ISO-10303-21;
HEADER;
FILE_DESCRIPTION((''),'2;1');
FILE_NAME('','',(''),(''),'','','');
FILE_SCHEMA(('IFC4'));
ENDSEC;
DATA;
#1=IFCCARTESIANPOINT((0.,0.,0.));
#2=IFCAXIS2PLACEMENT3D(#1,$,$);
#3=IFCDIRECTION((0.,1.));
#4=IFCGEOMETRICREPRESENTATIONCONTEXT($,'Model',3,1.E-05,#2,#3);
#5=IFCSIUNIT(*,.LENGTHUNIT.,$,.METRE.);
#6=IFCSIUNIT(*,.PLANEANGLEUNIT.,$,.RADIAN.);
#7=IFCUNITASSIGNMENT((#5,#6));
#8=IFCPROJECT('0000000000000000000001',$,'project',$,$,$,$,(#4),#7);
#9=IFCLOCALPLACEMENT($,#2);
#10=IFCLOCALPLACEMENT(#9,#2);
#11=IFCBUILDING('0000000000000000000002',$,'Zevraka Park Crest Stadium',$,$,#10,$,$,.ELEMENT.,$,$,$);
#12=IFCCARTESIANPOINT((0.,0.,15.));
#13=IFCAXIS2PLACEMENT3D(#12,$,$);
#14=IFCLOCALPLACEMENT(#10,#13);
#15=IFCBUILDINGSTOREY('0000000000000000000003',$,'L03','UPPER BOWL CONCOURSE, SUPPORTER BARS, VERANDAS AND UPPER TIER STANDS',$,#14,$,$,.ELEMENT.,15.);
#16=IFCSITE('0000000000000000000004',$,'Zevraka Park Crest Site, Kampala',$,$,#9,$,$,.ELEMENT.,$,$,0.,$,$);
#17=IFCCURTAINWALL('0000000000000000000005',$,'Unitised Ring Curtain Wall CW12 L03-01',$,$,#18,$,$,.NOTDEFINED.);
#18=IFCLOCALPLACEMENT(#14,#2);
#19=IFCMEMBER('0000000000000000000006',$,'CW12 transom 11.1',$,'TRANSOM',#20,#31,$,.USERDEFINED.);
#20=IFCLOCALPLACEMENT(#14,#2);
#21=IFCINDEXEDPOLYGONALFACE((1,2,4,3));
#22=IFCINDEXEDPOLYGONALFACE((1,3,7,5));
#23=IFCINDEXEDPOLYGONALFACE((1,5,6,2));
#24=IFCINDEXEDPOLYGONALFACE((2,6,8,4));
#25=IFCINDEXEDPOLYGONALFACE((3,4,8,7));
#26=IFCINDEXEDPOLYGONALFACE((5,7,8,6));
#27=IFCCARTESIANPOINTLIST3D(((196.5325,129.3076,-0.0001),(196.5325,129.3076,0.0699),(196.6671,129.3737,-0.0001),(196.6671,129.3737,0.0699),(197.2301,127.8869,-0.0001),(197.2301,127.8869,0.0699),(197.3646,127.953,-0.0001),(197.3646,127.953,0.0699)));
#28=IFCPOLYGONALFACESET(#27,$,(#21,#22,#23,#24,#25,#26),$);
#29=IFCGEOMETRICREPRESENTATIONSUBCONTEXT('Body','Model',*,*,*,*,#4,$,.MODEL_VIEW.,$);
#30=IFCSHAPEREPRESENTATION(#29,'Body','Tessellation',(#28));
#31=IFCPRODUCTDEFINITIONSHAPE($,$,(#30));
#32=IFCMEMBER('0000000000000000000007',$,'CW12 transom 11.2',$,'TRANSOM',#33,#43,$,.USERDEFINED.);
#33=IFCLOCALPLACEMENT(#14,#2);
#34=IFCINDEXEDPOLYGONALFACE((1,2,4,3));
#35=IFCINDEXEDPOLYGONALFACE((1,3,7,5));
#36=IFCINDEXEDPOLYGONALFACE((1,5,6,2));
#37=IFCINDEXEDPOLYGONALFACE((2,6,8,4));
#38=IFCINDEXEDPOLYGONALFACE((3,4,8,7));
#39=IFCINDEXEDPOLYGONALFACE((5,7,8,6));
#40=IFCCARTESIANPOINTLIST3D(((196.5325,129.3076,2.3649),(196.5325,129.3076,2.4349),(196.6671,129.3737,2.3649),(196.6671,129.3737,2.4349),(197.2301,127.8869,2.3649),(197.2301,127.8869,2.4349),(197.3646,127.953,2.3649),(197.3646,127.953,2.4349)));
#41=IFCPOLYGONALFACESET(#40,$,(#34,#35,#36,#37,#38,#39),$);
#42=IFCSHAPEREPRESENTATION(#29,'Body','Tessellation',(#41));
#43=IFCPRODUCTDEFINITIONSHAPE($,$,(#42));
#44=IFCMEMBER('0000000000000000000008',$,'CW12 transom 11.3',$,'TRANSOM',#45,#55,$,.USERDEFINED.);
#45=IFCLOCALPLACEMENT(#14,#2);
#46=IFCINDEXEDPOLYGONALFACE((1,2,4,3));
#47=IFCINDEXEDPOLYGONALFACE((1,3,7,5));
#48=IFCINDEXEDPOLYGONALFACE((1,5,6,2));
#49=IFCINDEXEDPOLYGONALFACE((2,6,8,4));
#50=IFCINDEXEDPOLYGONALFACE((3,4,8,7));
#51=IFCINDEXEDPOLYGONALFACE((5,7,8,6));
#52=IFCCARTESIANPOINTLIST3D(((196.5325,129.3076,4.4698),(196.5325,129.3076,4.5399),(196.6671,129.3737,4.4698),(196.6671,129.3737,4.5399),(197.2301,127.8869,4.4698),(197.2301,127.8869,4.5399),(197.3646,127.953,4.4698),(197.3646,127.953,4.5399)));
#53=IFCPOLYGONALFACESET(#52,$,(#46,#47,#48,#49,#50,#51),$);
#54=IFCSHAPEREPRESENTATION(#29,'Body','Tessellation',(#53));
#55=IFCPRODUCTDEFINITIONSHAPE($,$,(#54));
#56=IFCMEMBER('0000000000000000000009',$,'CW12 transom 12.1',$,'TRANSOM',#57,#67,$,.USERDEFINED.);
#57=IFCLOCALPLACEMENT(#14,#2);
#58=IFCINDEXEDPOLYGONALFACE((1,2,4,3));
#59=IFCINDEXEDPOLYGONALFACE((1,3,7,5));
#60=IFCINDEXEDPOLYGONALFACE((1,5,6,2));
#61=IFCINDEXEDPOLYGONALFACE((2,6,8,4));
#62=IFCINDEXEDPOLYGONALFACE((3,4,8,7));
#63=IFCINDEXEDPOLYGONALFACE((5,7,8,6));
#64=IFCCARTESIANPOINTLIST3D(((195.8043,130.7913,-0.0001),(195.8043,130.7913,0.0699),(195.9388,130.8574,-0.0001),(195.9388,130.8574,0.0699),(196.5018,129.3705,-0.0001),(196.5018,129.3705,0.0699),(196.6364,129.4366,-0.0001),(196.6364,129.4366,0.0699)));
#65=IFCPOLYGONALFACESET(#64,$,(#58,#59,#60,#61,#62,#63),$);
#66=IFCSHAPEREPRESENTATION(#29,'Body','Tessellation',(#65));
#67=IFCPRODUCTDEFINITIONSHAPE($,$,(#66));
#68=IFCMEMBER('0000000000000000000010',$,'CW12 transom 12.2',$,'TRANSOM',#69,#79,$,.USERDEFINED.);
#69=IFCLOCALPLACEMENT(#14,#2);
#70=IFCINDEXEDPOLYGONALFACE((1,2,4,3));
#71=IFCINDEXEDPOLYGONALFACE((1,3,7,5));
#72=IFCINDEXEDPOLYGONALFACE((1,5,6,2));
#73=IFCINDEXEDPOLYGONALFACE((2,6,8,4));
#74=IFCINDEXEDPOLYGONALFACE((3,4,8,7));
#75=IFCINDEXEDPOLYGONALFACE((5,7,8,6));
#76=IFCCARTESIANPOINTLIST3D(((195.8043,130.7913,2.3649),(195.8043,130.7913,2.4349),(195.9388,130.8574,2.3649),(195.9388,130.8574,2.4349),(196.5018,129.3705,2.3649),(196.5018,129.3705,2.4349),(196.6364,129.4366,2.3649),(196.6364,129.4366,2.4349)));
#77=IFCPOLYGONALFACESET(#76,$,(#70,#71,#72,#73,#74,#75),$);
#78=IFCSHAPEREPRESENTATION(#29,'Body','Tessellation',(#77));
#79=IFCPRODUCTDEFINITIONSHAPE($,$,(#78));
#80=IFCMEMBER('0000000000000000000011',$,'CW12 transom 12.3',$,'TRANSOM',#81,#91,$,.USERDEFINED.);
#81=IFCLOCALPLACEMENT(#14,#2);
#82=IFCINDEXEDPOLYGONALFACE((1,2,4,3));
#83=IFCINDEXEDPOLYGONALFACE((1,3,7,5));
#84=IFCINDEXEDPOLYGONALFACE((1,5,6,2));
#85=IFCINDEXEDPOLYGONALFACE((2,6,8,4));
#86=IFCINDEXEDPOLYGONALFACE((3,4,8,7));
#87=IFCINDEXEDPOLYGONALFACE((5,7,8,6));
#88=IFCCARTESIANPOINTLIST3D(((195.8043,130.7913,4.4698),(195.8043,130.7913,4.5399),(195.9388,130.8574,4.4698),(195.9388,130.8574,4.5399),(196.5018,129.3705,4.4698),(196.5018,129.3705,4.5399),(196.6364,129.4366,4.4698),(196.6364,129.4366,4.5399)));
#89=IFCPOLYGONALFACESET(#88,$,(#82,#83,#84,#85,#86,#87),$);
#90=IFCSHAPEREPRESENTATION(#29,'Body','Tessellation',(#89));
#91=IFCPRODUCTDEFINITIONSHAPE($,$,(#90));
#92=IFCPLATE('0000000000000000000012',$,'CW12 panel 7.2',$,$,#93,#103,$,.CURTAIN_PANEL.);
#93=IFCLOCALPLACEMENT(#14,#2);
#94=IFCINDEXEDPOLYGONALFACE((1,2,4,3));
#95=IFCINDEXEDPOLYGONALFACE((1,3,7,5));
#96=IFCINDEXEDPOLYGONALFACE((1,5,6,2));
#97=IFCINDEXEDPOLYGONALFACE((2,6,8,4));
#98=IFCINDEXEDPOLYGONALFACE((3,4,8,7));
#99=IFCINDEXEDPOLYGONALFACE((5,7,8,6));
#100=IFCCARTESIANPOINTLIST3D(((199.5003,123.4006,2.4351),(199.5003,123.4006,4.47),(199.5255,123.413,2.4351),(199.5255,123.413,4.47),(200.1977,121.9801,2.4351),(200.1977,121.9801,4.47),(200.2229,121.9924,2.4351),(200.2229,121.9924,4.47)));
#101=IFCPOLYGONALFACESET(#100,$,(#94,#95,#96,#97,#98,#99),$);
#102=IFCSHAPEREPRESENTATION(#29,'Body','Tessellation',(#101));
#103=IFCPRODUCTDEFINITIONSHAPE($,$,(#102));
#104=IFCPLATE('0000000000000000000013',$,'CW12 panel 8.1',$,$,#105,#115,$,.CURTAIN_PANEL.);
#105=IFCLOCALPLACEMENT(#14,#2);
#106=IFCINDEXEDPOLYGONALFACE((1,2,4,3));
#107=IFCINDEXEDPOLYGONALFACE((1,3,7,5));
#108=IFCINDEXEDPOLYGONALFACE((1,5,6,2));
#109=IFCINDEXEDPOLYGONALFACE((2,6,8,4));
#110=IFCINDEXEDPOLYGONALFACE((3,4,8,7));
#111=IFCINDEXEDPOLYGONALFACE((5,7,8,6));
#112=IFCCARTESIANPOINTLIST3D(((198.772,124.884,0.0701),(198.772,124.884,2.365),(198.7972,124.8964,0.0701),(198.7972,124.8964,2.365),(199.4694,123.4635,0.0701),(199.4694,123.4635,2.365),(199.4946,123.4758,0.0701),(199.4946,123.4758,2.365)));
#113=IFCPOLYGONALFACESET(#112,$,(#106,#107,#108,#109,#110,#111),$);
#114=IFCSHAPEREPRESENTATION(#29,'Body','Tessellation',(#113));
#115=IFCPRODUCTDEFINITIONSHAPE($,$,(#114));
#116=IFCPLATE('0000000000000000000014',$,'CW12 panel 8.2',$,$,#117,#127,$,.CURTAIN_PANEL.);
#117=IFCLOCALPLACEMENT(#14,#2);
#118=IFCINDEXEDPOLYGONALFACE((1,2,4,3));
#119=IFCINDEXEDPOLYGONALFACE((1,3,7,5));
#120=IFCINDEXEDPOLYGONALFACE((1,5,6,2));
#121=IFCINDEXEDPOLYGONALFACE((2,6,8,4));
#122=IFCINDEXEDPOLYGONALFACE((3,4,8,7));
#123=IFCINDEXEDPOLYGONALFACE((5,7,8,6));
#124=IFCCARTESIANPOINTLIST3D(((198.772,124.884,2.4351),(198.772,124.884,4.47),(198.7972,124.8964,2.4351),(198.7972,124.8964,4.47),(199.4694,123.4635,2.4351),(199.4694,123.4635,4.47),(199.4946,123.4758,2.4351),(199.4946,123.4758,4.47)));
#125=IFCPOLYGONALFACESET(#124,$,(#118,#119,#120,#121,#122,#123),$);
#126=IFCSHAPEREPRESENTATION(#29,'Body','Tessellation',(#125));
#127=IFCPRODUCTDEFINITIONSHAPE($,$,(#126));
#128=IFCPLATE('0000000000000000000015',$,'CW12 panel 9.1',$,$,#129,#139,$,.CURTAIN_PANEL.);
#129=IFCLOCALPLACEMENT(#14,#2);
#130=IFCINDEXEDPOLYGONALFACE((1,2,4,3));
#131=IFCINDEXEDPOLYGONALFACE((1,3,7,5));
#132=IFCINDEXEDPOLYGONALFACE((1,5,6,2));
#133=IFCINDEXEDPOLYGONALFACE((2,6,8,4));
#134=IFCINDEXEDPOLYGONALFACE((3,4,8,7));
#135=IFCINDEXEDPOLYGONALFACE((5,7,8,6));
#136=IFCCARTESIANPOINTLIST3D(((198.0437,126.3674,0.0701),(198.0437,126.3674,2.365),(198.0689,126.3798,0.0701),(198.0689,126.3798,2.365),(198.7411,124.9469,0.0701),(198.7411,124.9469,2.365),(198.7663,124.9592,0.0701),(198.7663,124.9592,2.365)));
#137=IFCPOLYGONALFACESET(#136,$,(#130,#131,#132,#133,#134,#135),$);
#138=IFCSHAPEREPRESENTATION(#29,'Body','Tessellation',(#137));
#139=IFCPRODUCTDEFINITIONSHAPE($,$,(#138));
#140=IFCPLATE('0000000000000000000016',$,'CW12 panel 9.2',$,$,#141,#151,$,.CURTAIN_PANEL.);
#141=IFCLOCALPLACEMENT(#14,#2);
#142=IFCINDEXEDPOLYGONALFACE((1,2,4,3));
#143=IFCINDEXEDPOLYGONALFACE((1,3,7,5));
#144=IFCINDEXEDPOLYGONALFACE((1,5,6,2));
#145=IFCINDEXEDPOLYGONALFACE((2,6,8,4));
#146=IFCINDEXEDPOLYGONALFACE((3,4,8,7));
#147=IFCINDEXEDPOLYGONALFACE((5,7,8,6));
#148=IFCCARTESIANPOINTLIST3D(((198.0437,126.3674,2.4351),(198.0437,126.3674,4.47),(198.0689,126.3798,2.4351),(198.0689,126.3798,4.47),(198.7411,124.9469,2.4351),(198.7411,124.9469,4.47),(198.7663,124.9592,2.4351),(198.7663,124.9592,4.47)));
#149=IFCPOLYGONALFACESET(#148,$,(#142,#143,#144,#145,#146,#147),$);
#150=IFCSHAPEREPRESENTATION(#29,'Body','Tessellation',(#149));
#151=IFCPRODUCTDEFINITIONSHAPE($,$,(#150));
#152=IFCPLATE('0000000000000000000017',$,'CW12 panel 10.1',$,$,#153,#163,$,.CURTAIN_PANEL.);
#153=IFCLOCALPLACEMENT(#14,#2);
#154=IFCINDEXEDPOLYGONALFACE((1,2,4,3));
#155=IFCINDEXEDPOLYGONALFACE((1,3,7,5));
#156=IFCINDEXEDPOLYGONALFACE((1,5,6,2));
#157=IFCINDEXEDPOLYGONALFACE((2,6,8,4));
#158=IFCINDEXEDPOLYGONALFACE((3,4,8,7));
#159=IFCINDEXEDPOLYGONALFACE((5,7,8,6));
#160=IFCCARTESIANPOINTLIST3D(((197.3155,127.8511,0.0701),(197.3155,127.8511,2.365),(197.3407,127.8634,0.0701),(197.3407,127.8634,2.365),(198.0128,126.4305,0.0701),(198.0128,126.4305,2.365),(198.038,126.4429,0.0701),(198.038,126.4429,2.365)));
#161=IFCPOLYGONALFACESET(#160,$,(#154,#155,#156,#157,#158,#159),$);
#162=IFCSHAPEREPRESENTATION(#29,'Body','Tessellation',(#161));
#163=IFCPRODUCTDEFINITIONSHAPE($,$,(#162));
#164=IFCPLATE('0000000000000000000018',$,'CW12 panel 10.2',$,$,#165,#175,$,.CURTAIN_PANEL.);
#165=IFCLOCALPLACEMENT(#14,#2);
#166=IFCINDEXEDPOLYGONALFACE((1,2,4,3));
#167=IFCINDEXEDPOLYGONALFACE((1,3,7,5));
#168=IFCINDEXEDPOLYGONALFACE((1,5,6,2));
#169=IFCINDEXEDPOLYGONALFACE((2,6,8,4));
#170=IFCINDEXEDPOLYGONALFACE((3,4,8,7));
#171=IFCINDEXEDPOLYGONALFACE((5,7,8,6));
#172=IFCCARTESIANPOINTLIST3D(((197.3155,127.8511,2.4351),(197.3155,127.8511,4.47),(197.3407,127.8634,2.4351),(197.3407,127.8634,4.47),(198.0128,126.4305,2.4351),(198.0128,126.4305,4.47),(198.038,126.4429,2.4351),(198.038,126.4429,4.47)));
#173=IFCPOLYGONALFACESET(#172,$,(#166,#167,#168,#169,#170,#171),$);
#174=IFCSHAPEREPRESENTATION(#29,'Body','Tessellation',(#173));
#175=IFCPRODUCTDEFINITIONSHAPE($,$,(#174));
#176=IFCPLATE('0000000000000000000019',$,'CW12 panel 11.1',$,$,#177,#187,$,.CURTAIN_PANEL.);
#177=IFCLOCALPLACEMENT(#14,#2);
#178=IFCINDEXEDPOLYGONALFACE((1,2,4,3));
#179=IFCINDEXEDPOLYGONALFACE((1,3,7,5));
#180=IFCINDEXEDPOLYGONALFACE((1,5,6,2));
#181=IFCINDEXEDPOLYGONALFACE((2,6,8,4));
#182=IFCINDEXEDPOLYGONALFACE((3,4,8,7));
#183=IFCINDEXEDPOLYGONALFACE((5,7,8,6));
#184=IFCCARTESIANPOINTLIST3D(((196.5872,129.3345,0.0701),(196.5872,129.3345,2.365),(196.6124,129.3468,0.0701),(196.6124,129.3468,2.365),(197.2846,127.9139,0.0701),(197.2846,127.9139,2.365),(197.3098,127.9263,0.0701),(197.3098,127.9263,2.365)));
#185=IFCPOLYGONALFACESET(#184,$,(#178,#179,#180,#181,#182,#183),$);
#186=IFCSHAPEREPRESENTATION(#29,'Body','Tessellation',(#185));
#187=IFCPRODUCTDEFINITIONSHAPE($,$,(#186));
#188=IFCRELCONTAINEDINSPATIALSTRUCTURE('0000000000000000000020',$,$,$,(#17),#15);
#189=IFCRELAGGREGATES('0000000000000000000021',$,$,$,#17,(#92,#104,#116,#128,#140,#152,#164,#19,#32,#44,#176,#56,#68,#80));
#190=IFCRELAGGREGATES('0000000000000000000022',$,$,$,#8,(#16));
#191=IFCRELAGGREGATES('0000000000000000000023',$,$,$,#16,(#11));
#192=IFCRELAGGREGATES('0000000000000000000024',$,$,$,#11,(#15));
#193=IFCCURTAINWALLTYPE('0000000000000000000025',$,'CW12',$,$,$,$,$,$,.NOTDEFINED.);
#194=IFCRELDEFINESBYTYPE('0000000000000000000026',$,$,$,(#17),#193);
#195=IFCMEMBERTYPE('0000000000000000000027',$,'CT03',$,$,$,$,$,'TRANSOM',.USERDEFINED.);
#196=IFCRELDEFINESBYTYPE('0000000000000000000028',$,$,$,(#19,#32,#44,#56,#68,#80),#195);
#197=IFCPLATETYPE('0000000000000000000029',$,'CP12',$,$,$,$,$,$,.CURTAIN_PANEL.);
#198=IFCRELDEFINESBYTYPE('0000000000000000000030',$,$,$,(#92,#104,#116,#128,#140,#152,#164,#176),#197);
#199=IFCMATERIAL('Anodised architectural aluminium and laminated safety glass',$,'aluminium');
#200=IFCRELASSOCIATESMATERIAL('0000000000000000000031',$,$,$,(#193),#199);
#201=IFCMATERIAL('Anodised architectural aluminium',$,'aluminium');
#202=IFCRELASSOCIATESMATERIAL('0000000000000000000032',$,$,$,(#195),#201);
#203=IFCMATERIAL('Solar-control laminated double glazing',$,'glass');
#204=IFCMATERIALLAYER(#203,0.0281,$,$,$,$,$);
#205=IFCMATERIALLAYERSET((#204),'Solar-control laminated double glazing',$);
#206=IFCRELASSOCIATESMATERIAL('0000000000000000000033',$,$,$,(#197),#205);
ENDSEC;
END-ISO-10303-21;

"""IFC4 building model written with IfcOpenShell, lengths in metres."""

from ifc_helpers import new_model, si_unit, direction, frame, origin, origin_2d, place, context, subcontext, project, spatial, rectangle, extrude, material, layer, layer_set, material_profile, profile_set, type_object, element, aggregate, save


model = new_model("IFC4")

# Units and contexts
model_context = context("Model", 3, precision=1e-05, world=origin(), true_north=direction((0.0, 1.0)))
body_context = subcontext(model_context, "Body", "Model", "MODEL_VIEW")
ifc_project = project(units=[si_unit("LENGTHUNIT", "METRE"), si_unit("PLANEANGLEUNIT", "RADIAN")], contexts=[model_context])

# Site, building, storey
site_placement = place(None, origin())
site = spatial("IfcSite", under=ifc_project, at=site_placement, Name="Zevraka Park Crest Site, Kampala", CompositionType="ELEMENT", RefElevation=0.0)
building_placement = place(site_placement, origin())
building = spatial("IfcBuilding", under=site, at=building_placement, Name="Zevraka Park Crest Stadium", CompositionType="ELEMENT")
storey_placement = place(building_placement, frame((0.0, 0.0, 15.0)))
storey = spatial("IfcBuildingStorey", under=building, at=storey_placement, Name="L03", Description="UPPER BOWL CONCOURSE, SUPPORTER BARS, VERANDAS AND UPPER TIER STANDS", CompositionType="ELEMENT", Elevation=15.0)

# Curtain wall, members, plates
ifc_material_1 = material(Name="Anodised architectural aluminium and laminated safety glass", Category="aluminium")
curtain_wall_type = type_object("IfcCurtainWallType", Name="CW12", PredefinedType="NOTDEFINED", material=ifc_material_1)
curtain_wall_placement = place(storey_placement, origin())
curtain_wall = element("IfcCurtainWall", 1, at=curtain_wall_placement, inside=storey, type_object=curtain_wall_type, Name="Unitised Ring Curtain Wall CW12 L03-01", PredefinedType="NOTDEFINED")
ifc_material_2 = material(Name="Anodised architectural aluminium", Category="aluminium")
ifc_material_profile_1 = material_profile(ifc_material_2, rectangle(XDim=0.1499, YDim=0.0701, at=origin_2d()), Name="ALU TRANSOM 150x70")
ifc_profile_set_1 = profile_set([ifc_material_profile_1], Name="Anodised architectural aluminium")
member_type_1 = type_object("IfcMemberType", Name="CT03", ElementType="TRANSOM", PredefinedType="USERDEFINED", material=ifc_profile_set_1)
member_1_placement = place(storey_placement, frame((197.2974, 127.9199, 0.0349), z_axis=(-0.440723, 0.897643, 0.0), x_axis=(-0.897643, -0.440723, 0.0)))
member_1 = element("IfcMember", 2, at=member_1_placement, type_object=member_type_1, Name="CW12 transom 11.1", ObjectType="TRANSOM", PredefinedType="USERDEFINED", context=body_context, shape_type="SweptSolid", body=[
    extrude(rectangle(XDim=0.1499, YDim=0.0701, at=origin_2d()), origin(), (0.0, 0.0, 1.0), 1.5828),
])
member_2_placement = place(storey_placement, frame((197.2974, 127.9199, 2.3999), z_axis=(-0.440723, 0.897643, 0.0), x_axis=(-0.897643, -0.440723, 0.0)))
member_2 = element("IfcMember", 3, at=member_2_placement, type_object=member_type_1, Name="CW12 transom 11.2", ObjectType="TRANSOM", PredefinedType="USERDEFINED", context=body_context, shape_type="SweptSolid", body=[
    extrude(rectangle(XDim=0.1499, YDim=0.0701, at=origin_2d()), origin(), (0.0, 0.0, 1.0), 1.5828),
])
member_3_placement = place(storey_placement, frame((197.2974, 127.9199, 4.5049), z_axis=(-0.440723, 0.897643, 0.0), x_axis=(-0.897643, -0.440723, 0.0)))
member_3 = element("IfcMember", 4, at=member_3_placement, type_object=member_type_1, Name="CW12 transom 11.3", ObjectType="TRANSOM", PredefinedType="USERDEFINED", context=body_context, shape_type="SweptSolid", body=[
    extrude(rectangle(XDim=0.1499, YDim=0.0701, at=origin_2d()), origin(), (0.0, 0.0, 1.0), 1.5828),
])
member_4_placement = place(storey_placement, frame((196.5691, 129.4036, 0.0349), z_axis=(-0.440723, 0.897643, 0.0), x_axis=(-0.897643, -0.440723, 0.0)))
member_4 = element("IfcMember", 5, at=member_4_placement, type_object=member_type_1, Name="CW12 transom 12.1", ObjectType="TRANSOM", PredefinedType="USERDEFINED", context=body_context, shape_type="SweptSolid", body=[
    extrude(rectangle(XDim=0.1499, YDim=0.0701, at=origin_2d()), origin(), (0.0, 0.0, 1.0), 1.5828),
])
member_5_placement = place(storey_placement, frame((196.5691, 129.4036, 2.3999), z_axis=(-0.440723, 0.897643, 0.0), x_axis=(-0.897643, -0.440723, 0.0)))
member_5 = element("IfcMember", 6, at=member_5_placement, type_object=member_type_1, Name="CW12 transom 12.2", ObjectType="TRANSOM", PredefinedType="USERDEFINED", context=body_context, shape_type="SweptSolid", body=[
    extrude(rectangle(XDim=0.1499, YDim=0.0701, at=origin_2d()), origin(), (0.0, 0.0, 1.0), 1.5828),
])
member_6_placement = place(storey_placement, frame((196.5691, 129.4036, 4.5049), z_axis=(-0.440723, 0.897643, 0.0), x_axis=(-0.897643, -0.440723, 0.0)))
member_6 = element("IfcMember", 7, at=member_6_placement, type_object=member_type_1, Name="CW12 transom 12.3", ObjectType="TRANSOM", PredefinedType="USERDEFINED", context=body_context, shape_type="SweptSolid", body=[
    extrude(rectangle(XDim=0.1499, YDim=0.0701, at=origin_2d()), origin(), (0.0, 0.0, 1.0), 1.5828),
])
ifc_material_3 = material(Name="Solar-control laminated double glazing", Category="glass")
ifc_layer_1 = layer(ifc_material_3, 0.0281)
ifc_layer_set_1 = layer_set([ifc_layer_1], Name="Solar-control laminated double glazing")
plate_type = type_object("IfcPlateType", Name="CP12", PredefinedType="CURTAIN_PANEL", material=ifc_layer_set_1)
plate_1_placement = place(storey_placement, frame((199.8616, 122.6965, 2.4351), z_axis=(0.0, 0.0, 1.0), x_axis=(-0.440666, 0.897671, 0.0)))
plate_1 = element("IfcPlate", 8, at=plate_1_placement, type_object=plate_type, Name="CW12 panel 7.2", PredefinedType="CURTAIN_PANEL", context=body_context, shape_type="SweptSolid", body=[
    extrude(rectangle(XDim=1.5825, YDim=0.0281, at=origin_2d()), origin(), (0.0, 0.0, 1.0), 2.0349),
])
plate_2_placement = place(storey_placement, frame((199.1333, 124.1799, 0.0701), z_axis=(0.0, 0.0, 1.0), x_axis=(-0.440666, 0.897671, 0.0)))
plate_2 = element("IfcPlate", 9, at=plate_2_placement, type_object=plate_type, Name="CW12 panel 8.1", PredefinedType="CURTAIN_PANEL", context=body_context, shape_type="SweptSolid", body=[
    extrude(rectangle(XDim=1.5825, YDim=0.0281, at=origin_2d()), origin(), (0.0, 0.0, 1.0), 2.2949),
])
plate_3_placement = place(storey_placement, frame((199.1333, 124.1799, 2.4351), z_axis=(0.0, 0.0, 1.0), x_axis=(-0.440666, 0.897671, 0.0)))
plate_3 = element("IfcPlate", 10, at=plate_3_placement, type_object=plate_type, Name="CW12 panel 8.2", PredefinedType="CURTAIN_PANEL", context=body_context, shape_type="SweptSolid", body=[
    extrude(rectangle(XDim=1.5825, YDim=0.0281, at=origin_2d()), origin(), (0.0, 0.0, 1.0), 2.0349),
])
plate_4_placement = place(storey_placement, frame((198.405, 125.6633, 0.0701), z_axis=(0.0, 0.0, 1.0), x_axis=(-0.440666, 0.897671, 0.0)))
plate_4 = element("IfcPlate", 11, at=plate_4_placement, type_object=plate_type, Name="CW12 panel 9.1", PredefinedType="CURTAIN_PANEL", context=body_context, shape_type="SweptSolid", body=[
    extrude(rectangle(XDim=1.5825, YDim=0.0281, at=origin_2d()), origin(), (0.0, 0.0, 1.0), 2.2949),
])
plate_5_placement = place(storey_placement, frame((198.405, 125.6633, 2.4351), z_axis=(0.0, 0.0, 1.0), x_axis=(-0.440666, 0.897671, 0.0)))
plate_5 = element("IfcPlate", 12, at=plate_5_placement, type_object=plate_type, Name="CW12 panel 9.2", PredefinedType="CURTAIN_PANEL", context=body_context, shape_type="SweptSolid", body=[
    extrude(rectangle(XDim=1.5825, YDim=0.0281, at=origin_2d()), origin(), (0.0, 0.0, 1.0), 2.0349),
])
plate_6_placement = place(storey_placement, frame((197.6768, 127.147, 0.0701), z_axis=(0.0, 0.0, 1.0), x_axis=(-0.440666, 0.897671, 0.0)))
plate_6 = element("IfcPlate", 13, at=plate_6_placement, type_object=plate_type, Name="CW12 panel 10.1", PredefinedType="CURTAIN_PANEL", context=body_context, shape_type="SweptSolid", body=[
    extrude(rectangle(XDim=1.5825, YDim=0.0281, at=origin_2d()), origin(), (0.0, 0.0, 1.0), 2.2949),
])
plate_7_placement = place(storey_placement, frame((197.6768, 127.147, 2.4351), z_axis=(0.0, 0.0, 1.0), x_axis=(-0.440666, 0.897671, 0.0)))
plate_7 = element("IfcPlate", 14, at=plate_7_placement, type_object=plate_type, Name="CW12 panel 10.2", PredefinedType="CURTAIN_PANEL", context=body_context, shape_type="SweptSolid", body=[
    extrude(rectangle(XDim=1.5825, YDim=0.0281, at=origin_2d()), origin(), (0.0, 0.0, 1.0), 2.0349),
])
plate_8_placement = place(storey_placement, frame((196.9485, 128.6304, 0.0701), z_axis=(0.0, 0.0, 1.0), x_axis=(-0.440666, 0.897671, 0.0)))
plate_8 = element("IfcPlate", 15, at=plate_8_placement, type_object=plate_type, Name="CW12 panel 11.1", PredefinedType="CURTAIN_PANEL", context=body_context, shape_type="SweptSolid", body=[
    extrude(rectangle(XDim=1.5825, YDim=0.0281, at=origin_2d()), origin(), (0.0, 0.0, 1.0), 2.2949),
])
aggregate(curtain_wall, [plate_1, plate_2, plate_3, plate_4, plate_5, plate_6, plate_7, member_1, member_2, member_3, plate_8, member_4, member_5, member_6])

save(model, "model.ifc")
